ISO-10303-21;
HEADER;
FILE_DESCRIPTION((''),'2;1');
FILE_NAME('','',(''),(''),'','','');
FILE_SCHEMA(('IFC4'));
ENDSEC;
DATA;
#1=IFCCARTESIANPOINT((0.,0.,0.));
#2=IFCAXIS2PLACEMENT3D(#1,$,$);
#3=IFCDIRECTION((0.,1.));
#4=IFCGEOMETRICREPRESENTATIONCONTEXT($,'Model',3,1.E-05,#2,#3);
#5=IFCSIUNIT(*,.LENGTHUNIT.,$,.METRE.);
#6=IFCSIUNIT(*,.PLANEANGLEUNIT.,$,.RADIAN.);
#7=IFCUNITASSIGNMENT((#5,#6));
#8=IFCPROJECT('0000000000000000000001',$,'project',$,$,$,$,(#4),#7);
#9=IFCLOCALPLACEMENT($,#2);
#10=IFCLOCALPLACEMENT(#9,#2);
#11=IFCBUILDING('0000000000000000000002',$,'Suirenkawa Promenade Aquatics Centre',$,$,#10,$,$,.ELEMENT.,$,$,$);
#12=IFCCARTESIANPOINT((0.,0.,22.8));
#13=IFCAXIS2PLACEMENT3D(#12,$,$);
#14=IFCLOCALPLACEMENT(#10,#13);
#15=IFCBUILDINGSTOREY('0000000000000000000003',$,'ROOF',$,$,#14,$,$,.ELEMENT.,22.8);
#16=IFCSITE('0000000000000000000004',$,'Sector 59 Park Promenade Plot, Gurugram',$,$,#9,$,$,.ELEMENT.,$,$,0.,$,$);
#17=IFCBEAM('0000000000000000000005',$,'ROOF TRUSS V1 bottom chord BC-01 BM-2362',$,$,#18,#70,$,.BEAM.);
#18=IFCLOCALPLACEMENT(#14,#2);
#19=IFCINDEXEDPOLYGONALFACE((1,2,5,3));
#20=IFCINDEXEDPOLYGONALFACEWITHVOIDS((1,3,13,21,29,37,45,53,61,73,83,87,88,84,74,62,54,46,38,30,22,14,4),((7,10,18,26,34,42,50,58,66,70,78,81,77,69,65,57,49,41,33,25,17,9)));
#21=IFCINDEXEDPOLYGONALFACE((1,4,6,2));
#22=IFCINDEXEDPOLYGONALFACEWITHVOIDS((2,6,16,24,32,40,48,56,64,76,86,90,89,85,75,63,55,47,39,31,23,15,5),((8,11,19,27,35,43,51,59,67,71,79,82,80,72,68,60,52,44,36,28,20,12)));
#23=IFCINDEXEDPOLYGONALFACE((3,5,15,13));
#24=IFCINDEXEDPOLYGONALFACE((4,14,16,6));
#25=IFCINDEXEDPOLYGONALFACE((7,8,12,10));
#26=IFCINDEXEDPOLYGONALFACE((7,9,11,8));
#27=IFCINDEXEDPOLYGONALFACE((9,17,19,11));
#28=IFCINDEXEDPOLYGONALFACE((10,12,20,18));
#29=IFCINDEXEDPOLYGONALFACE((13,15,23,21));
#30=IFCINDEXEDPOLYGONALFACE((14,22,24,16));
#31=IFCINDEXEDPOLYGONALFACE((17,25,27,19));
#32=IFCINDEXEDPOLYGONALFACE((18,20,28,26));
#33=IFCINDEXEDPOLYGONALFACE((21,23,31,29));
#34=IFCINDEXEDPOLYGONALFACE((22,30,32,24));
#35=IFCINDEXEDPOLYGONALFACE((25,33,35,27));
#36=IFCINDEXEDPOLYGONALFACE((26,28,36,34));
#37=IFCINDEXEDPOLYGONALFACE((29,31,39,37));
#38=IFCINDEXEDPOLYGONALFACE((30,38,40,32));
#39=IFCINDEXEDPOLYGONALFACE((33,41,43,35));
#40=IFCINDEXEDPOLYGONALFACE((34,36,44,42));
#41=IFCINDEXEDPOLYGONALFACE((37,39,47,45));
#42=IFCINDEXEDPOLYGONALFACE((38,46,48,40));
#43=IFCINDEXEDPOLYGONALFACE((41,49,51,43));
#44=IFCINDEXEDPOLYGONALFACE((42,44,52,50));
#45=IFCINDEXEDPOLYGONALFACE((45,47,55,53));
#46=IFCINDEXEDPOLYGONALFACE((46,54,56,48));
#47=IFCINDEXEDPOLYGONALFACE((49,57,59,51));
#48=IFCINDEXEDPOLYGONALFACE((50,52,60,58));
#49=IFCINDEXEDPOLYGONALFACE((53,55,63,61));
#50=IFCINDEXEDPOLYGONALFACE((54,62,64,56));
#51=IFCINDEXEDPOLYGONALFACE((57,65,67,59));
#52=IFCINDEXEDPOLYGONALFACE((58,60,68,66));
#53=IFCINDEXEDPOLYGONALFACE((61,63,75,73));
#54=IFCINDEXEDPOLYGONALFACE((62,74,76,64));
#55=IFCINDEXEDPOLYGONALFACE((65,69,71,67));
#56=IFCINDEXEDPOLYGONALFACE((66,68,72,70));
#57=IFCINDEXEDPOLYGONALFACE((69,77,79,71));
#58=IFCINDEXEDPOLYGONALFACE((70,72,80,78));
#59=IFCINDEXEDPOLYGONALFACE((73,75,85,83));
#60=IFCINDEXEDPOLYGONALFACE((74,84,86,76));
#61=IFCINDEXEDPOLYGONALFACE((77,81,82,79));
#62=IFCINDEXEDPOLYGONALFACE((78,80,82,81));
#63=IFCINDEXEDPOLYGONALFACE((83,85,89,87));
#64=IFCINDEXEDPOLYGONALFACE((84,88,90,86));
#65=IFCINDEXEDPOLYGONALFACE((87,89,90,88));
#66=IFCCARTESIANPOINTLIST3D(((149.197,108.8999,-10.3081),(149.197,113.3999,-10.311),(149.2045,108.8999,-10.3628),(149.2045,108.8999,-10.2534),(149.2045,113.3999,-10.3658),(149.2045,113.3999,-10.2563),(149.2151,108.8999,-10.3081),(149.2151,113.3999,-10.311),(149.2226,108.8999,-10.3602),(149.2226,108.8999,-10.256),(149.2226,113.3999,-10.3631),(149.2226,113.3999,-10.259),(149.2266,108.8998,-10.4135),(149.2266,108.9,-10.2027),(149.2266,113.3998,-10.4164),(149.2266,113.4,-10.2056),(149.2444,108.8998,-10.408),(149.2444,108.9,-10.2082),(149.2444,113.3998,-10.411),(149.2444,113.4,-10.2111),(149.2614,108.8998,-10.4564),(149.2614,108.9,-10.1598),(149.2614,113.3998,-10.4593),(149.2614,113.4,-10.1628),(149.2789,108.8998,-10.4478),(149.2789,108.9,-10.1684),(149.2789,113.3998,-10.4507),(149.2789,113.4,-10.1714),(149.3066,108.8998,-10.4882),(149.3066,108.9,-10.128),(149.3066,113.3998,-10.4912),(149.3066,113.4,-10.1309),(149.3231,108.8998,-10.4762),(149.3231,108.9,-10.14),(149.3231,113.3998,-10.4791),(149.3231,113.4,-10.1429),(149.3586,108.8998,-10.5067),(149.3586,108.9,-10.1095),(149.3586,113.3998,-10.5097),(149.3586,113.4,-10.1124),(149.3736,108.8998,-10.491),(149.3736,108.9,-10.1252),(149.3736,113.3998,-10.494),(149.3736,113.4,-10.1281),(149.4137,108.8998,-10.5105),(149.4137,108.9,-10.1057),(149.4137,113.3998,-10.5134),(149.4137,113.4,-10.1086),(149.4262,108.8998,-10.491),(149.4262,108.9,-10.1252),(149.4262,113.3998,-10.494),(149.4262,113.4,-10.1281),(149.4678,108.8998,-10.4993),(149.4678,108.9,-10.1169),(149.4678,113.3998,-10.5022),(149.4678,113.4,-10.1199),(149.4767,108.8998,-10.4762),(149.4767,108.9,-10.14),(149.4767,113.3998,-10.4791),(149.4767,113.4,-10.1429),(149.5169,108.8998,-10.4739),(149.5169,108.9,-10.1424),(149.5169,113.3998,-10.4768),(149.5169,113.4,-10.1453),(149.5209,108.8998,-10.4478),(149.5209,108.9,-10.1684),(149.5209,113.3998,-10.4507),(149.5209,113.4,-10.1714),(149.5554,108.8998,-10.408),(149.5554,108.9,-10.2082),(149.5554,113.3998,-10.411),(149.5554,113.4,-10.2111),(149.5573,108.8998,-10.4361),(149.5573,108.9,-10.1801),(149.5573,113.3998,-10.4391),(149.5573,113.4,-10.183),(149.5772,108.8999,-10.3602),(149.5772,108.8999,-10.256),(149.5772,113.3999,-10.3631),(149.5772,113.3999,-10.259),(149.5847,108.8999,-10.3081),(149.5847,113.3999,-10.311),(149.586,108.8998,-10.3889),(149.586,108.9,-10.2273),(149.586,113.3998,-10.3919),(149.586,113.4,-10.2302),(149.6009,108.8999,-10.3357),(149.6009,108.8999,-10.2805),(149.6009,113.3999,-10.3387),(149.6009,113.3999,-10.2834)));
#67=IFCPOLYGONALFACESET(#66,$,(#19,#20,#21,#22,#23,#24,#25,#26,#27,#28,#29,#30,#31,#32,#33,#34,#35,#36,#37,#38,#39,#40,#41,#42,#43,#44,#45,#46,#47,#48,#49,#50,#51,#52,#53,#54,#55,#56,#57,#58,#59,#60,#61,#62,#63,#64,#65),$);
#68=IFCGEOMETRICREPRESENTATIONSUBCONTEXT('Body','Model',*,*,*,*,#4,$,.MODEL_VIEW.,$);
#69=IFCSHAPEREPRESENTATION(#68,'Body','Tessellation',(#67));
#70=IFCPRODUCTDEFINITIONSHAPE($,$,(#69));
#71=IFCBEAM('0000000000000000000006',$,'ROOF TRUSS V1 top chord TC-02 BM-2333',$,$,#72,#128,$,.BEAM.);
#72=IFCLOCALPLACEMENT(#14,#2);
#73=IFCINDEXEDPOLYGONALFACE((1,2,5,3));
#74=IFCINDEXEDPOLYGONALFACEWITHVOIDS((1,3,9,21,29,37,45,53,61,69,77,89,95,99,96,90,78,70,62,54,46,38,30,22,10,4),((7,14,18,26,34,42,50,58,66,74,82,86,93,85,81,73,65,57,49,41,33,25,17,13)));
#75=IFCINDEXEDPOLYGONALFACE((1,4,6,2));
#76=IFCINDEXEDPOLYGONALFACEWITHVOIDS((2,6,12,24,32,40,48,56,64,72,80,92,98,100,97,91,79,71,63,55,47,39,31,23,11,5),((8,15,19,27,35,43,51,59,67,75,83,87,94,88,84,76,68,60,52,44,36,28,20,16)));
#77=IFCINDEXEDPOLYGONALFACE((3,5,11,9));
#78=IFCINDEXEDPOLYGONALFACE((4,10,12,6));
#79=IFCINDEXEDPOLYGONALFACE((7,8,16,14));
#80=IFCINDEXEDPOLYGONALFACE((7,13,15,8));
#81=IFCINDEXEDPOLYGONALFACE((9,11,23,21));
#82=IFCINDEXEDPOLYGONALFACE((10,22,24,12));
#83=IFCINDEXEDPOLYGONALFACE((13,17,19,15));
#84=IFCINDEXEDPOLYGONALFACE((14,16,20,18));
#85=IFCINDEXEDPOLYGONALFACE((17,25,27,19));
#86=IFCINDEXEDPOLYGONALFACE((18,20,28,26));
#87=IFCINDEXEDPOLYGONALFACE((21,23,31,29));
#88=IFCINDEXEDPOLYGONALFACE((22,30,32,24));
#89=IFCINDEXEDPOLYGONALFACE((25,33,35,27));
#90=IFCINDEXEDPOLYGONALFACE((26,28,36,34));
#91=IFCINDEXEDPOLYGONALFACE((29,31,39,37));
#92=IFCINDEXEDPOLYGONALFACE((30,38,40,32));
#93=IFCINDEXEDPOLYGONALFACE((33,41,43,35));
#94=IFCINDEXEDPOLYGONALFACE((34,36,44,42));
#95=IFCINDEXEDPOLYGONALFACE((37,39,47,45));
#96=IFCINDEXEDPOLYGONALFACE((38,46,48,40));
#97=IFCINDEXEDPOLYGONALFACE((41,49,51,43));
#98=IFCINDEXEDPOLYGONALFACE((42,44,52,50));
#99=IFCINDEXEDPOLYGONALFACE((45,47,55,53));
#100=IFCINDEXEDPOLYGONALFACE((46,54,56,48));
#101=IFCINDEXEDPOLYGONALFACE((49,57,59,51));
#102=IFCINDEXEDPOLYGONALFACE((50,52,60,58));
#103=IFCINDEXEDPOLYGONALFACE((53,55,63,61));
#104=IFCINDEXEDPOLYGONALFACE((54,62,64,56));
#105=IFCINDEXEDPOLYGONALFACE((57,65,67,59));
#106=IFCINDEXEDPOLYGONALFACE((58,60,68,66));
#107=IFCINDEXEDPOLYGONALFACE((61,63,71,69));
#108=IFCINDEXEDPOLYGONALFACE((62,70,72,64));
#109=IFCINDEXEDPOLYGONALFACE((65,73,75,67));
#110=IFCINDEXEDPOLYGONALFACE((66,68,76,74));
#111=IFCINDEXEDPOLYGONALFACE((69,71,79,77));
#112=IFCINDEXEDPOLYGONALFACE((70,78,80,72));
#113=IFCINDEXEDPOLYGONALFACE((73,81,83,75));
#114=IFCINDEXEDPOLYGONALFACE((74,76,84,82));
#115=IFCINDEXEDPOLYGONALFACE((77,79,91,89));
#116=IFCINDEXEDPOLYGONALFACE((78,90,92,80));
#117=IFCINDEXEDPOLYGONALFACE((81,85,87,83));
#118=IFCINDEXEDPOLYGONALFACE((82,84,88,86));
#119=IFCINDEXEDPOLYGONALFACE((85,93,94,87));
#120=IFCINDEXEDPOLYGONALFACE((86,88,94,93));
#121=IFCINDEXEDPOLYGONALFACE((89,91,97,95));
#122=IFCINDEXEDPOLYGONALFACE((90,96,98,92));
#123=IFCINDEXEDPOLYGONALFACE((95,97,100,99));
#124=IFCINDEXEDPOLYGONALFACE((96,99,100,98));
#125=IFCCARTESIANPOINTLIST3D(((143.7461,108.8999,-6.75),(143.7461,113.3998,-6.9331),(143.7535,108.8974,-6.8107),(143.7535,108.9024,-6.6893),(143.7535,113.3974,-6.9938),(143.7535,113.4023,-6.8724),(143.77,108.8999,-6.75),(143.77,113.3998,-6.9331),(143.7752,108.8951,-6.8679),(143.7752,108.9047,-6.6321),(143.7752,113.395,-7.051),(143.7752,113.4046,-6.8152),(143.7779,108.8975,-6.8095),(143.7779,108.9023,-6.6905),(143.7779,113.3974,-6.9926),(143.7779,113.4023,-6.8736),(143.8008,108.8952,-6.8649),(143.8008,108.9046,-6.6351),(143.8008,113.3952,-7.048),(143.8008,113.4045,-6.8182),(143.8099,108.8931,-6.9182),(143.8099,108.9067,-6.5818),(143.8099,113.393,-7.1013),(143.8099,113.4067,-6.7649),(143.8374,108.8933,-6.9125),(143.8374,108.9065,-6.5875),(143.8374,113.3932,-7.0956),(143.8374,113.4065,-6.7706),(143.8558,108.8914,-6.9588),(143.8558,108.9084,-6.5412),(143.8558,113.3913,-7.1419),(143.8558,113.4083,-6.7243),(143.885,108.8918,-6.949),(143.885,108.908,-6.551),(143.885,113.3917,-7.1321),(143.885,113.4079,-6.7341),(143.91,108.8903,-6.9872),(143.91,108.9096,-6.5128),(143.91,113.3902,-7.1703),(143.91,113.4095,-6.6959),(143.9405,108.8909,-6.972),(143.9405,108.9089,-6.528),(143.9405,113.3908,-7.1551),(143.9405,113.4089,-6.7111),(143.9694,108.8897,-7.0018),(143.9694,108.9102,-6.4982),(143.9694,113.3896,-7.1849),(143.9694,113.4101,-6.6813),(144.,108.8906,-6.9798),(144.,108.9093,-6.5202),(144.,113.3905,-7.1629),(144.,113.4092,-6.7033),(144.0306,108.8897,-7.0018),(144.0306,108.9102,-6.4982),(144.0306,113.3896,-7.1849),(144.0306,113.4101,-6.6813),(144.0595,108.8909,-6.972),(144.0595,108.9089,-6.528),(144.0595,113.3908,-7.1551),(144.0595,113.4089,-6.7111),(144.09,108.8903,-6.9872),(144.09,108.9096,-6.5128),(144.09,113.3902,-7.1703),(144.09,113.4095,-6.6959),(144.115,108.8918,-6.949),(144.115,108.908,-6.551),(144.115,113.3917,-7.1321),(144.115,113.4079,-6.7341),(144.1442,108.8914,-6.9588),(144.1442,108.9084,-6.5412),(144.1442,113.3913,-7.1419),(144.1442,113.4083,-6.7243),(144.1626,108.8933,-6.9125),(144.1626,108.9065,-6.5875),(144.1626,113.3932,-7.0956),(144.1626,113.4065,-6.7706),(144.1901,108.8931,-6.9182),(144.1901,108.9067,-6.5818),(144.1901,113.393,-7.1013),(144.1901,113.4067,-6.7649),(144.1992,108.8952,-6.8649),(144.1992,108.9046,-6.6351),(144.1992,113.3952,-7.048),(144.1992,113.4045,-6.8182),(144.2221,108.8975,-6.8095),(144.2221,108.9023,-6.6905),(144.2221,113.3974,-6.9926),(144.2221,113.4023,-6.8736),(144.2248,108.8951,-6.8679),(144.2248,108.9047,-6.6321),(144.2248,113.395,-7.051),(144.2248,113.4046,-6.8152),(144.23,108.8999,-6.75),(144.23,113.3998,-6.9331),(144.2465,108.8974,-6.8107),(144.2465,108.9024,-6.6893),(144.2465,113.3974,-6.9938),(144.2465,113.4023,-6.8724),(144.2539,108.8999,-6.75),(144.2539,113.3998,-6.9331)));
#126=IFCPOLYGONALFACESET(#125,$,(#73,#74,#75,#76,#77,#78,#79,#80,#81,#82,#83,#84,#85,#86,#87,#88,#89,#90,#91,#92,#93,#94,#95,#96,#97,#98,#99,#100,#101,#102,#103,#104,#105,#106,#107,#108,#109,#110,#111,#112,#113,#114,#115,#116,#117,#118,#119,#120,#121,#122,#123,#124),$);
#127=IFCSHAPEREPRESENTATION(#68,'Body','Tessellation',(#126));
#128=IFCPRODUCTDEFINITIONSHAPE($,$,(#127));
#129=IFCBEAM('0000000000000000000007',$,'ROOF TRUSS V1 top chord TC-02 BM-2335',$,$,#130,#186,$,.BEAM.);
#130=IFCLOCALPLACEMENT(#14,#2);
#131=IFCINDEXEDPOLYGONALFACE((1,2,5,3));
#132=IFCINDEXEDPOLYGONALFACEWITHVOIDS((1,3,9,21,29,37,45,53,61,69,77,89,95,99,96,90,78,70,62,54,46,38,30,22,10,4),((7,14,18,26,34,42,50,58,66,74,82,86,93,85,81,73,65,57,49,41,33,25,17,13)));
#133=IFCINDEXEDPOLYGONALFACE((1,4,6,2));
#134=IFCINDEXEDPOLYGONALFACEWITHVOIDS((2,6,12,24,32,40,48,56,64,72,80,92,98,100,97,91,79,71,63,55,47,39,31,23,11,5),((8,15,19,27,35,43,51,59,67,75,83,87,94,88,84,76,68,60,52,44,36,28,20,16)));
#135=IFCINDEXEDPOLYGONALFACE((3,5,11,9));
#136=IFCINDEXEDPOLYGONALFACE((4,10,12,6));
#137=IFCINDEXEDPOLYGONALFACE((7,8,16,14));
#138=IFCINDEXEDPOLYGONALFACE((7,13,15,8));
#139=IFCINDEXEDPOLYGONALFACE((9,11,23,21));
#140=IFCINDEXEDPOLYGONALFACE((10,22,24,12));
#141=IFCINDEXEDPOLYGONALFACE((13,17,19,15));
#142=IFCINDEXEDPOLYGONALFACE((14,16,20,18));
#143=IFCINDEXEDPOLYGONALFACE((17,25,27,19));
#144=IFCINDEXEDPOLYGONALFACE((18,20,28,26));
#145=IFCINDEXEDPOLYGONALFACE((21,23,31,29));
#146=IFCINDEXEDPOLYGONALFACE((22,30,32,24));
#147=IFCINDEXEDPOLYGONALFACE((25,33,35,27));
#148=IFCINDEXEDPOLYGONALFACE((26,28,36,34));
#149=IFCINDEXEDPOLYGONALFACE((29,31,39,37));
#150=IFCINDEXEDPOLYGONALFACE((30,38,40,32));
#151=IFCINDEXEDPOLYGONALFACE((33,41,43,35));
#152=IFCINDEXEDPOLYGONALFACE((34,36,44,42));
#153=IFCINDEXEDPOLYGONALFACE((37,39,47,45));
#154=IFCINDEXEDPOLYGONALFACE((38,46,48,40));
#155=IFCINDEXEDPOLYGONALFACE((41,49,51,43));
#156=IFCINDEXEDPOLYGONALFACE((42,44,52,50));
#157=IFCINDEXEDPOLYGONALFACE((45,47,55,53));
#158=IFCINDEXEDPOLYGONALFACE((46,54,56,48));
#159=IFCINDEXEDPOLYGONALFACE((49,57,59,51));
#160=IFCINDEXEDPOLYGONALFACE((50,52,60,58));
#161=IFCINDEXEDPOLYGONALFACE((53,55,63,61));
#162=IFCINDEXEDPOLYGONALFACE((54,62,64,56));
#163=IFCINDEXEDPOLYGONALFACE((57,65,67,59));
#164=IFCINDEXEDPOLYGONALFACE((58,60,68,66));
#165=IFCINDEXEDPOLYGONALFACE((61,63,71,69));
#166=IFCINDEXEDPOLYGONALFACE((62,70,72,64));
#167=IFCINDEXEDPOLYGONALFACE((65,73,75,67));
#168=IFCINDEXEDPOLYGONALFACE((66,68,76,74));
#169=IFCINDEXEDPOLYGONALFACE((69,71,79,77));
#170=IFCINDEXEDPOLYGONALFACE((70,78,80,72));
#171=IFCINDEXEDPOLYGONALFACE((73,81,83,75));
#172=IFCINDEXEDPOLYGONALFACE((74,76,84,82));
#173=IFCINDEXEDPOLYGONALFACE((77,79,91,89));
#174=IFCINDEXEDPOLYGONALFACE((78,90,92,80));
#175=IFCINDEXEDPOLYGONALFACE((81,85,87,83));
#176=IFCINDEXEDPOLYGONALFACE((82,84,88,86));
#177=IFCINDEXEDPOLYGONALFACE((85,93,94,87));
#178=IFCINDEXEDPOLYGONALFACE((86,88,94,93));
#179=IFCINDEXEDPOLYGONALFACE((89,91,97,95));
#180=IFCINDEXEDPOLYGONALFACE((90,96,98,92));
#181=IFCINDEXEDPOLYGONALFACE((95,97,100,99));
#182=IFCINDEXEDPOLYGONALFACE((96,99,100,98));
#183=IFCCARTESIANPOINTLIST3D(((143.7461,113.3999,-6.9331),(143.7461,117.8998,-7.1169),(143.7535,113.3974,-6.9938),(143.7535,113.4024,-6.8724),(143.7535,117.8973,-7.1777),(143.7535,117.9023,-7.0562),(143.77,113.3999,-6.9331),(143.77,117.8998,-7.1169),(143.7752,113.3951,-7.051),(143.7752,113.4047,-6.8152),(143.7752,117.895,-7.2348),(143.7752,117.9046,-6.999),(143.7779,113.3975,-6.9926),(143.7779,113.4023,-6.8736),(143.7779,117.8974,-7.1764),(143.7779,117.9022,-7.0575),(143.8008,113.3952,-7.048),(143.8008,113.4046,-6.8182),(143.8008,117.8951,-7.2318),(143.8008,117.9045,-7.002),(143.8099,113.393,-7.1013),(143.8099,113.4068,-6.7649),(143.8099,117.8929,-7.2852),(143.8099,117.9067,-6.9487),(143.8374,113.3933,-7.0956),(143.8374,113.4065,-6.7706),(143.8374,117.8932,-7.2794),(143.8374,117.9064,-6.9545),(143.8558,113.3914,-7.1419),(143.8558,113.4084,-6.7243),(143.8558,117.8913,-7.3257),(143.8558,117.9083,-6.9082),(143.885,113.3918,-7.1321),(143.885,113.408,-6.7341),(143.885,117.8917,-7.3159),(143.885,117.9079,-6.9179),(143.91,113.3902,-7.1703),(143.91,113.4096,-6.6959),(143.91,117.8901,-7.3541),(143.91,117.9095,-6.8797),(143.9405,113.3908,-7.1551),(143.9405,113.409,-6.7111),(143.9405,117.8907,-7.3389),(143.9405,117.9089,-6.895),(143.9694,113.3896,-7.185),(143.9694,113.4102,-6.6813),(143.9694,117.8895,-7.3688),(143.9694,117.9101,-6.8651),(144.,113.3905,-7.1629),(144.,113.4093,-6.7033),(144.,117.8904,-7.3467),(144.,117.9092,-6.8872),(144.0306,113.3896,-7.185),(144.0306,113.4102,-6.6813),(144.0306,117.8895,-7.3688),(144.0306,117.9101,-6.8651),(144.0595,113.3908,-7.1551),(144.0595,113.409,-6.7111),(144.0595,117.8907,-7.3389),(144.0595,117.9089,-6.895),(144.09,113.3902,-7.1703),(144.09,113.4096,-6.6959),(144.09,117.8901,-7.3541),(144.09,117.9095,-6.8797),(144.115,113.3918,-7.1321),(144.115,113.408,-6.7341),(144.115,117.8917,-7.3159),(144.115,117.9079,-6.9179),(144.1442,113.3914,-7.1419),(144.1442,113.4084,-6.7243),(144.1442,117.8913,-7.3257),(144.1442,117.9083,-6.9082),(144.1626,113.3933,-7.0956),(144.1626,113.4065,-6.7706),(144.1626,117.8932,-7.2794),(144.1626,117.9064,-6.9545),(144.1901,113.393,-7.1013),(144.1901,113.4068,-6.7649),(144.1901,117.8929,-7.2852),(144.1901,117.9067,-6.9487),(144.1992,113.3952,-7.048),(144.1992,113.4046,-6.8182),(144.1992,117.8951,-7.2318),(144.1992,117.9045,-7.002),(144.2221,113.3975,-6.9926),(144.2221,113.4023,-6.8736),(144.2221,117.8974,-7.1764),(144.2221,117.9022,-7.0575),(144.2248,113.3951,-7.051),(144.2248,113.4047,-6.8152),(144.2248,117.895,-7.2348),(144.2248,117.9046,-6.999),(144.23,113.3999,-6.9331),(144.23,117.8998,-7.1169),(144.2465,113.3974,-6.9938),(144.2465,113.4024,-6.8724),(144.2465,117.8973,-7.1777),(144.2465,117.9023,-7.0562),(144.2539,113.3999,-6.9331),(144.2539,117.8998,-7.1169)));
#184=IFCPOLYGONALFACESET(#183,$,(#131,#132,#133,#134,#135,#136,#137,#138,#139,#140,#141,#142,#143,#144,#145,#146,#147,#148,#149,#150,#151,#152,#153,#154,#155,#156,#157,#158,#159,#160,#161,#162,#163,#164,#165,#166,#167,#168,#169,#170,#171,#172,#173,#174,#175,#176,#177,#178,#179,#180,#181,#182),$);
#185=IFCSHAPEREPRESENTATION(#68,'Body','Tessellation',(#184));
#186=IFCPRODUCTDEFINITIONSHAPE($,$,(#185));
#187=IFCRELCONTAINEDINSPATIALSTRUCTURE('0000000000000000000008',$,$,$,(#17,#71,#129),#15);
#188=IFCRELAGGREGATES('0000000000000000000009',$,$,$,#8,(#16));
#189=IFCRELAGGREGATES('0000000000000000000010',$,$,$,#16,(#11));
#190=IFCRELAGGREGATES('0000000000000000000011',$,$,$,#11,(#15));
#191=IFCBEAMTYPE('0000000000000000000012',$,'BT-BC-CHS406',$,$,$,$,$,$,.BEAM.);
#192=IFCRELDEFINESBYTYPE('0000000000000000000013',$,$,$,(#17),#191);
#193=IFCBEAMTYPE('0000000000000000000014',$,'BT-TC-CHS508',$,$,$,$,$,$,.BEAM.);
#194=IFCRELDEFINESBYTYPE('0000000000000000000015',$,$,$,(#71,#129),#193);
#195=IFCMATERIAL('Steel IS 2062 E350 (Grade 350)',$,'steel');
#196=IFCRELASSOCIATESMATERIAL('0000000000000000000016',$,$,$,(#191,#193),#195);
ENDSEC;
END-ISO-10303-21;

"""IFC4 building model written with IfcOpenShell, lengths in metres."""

from ifc_helpers import new_model, si_unit, direction, frame, origin, origin_2d, place, context, subcontext, project, spatial, hollow_circle, extrude, material, material_profile, profile_set, type_object, element, save


model = new_model("IFC4")

# Units and contexts
model_context = context("Model", 3, precision=1e-05, world=origin(), true_north=direction((0.0, 1.0)))
body_context = subcontext(model_context, "Body", "Model", "MODEL_VIEW")
ifc_project = project(units=[si_unit("LENGTHUNIT", "METRE"), si_unit("PLANEANGLEUNIT", "RADIAN")], contexts=[model_context])

# Site, building, storey
site_placement = place(None, origin())
site = spatial("IfcSite", under=ifc_project, at=site_placement, Name="Sector 59 Park Promenade Plot, Gurugram", CompositionType="ELEMENT", RefElevation=0.0)
building_placement = place(site_placement, origin())
building = spatial("IfcBuilding", under=site, at=building_placement, Name="Suirenkawa Promenade Aquatics Centre", CompositionType="ELEMENT")
storey_placement = place(building_placement, frame((0.0, 0.0, 22.8)))
storey = spatial("IfcBuildingStorey", under=building, at=storey_placement, Name="ROOF", CompositionType="ELEMENT", Elevation=22.8)

# Beams
ifc_material = material(Name="Steel IS 2062 E350 (Grade 350)", Category="steel")
ifc_material_profile_1 = material_profile(ifc_material, hollow_circle(Radius=0.2029, WallThickness=0.0181, at=origin_2d()), Name="CHS 406x18", Category="steel")
ifc_profile_set_1 = profile_set([ifc_material_profile_1], Name="Steel IS 2062 E350 (Grade 350)")
beam_type_1 = type_object("IfcBeamType", Name="BT-BC-CHS406", PredefinedType="BEAM", material=ifc_profile_set_1)
for number, where, z_axis, x_axis, name in (
    (1, (149.3999, 108.8999, -10.3081), (0.0, 1.0, -0.000651), (-1.0, 0.0, 0.0), "ROOF TRUSS V1 bottom chord BC-01 BM-2362"),
):
    element("IfcBeam", number, at=place(storey_placement, frame(where, z_axis=z_axis, x_axis=x_axis)), inside=storey, type_object=beam_type_1, Name=name, PredefinedType="BEAM", context=body_context, shape_type="SweptSolid", body=[
        extrude(hollow_circle(Radius=0.2029, WallThickness=0.0181, at=origin_2d()), origin(), (0.0, 0.0, 1.0), 4.5),
    ])
ifc_material_profile_2 = material_profile(ifc_material, hollow_circle(Radius=0.2539, WallThickness=0.0239, at=origin_2d()), Name="CHS 508x24", Category="steel")
ifc_profile_set_2 = profile_set([ifc_material_profile_2], Name="Steel IS 2062 E350 (Grade 350)")
beam_type_2 = type_object("IfcBeamType", Name="BT-TC-CHS508", PredefinedType="BEAM", material=ifc_profile_set_2)
for number, where, z_axis, x_axis, name in (
    (2, (144.0, 108.8999, -6.75), (0.0, 0.999173, -0.040656), (-1.0, 0.0, 0.0), "ROOF TRUSS V1 top chord TC-02 BM-2333"),
    (3, (144.0, 113.3999, -6.9331), (0.0, 0.999167, -0.040819), (-1.0, 0.0, 0.0), "ROOF TRUSS V1 top chord TC-02 BM-2335"),
):
    element("IfcBeam", number, at=place(storey_placement, frame(where, z_axis=z_axis, x_axis=x_axis)), inside=storey, type_object=beam_type_2, Name=name, PredefinedType="BEAM", context=body_context, shape_type="SweptSolid", body=[
        extrude(hollow_circle(Radius=0.2539, WallThickness=0.0239, at=origin_2d()), origin(), (0.0, 0.0, 1.0), 4.5037),
    ])

save(model, "model.ifc")
